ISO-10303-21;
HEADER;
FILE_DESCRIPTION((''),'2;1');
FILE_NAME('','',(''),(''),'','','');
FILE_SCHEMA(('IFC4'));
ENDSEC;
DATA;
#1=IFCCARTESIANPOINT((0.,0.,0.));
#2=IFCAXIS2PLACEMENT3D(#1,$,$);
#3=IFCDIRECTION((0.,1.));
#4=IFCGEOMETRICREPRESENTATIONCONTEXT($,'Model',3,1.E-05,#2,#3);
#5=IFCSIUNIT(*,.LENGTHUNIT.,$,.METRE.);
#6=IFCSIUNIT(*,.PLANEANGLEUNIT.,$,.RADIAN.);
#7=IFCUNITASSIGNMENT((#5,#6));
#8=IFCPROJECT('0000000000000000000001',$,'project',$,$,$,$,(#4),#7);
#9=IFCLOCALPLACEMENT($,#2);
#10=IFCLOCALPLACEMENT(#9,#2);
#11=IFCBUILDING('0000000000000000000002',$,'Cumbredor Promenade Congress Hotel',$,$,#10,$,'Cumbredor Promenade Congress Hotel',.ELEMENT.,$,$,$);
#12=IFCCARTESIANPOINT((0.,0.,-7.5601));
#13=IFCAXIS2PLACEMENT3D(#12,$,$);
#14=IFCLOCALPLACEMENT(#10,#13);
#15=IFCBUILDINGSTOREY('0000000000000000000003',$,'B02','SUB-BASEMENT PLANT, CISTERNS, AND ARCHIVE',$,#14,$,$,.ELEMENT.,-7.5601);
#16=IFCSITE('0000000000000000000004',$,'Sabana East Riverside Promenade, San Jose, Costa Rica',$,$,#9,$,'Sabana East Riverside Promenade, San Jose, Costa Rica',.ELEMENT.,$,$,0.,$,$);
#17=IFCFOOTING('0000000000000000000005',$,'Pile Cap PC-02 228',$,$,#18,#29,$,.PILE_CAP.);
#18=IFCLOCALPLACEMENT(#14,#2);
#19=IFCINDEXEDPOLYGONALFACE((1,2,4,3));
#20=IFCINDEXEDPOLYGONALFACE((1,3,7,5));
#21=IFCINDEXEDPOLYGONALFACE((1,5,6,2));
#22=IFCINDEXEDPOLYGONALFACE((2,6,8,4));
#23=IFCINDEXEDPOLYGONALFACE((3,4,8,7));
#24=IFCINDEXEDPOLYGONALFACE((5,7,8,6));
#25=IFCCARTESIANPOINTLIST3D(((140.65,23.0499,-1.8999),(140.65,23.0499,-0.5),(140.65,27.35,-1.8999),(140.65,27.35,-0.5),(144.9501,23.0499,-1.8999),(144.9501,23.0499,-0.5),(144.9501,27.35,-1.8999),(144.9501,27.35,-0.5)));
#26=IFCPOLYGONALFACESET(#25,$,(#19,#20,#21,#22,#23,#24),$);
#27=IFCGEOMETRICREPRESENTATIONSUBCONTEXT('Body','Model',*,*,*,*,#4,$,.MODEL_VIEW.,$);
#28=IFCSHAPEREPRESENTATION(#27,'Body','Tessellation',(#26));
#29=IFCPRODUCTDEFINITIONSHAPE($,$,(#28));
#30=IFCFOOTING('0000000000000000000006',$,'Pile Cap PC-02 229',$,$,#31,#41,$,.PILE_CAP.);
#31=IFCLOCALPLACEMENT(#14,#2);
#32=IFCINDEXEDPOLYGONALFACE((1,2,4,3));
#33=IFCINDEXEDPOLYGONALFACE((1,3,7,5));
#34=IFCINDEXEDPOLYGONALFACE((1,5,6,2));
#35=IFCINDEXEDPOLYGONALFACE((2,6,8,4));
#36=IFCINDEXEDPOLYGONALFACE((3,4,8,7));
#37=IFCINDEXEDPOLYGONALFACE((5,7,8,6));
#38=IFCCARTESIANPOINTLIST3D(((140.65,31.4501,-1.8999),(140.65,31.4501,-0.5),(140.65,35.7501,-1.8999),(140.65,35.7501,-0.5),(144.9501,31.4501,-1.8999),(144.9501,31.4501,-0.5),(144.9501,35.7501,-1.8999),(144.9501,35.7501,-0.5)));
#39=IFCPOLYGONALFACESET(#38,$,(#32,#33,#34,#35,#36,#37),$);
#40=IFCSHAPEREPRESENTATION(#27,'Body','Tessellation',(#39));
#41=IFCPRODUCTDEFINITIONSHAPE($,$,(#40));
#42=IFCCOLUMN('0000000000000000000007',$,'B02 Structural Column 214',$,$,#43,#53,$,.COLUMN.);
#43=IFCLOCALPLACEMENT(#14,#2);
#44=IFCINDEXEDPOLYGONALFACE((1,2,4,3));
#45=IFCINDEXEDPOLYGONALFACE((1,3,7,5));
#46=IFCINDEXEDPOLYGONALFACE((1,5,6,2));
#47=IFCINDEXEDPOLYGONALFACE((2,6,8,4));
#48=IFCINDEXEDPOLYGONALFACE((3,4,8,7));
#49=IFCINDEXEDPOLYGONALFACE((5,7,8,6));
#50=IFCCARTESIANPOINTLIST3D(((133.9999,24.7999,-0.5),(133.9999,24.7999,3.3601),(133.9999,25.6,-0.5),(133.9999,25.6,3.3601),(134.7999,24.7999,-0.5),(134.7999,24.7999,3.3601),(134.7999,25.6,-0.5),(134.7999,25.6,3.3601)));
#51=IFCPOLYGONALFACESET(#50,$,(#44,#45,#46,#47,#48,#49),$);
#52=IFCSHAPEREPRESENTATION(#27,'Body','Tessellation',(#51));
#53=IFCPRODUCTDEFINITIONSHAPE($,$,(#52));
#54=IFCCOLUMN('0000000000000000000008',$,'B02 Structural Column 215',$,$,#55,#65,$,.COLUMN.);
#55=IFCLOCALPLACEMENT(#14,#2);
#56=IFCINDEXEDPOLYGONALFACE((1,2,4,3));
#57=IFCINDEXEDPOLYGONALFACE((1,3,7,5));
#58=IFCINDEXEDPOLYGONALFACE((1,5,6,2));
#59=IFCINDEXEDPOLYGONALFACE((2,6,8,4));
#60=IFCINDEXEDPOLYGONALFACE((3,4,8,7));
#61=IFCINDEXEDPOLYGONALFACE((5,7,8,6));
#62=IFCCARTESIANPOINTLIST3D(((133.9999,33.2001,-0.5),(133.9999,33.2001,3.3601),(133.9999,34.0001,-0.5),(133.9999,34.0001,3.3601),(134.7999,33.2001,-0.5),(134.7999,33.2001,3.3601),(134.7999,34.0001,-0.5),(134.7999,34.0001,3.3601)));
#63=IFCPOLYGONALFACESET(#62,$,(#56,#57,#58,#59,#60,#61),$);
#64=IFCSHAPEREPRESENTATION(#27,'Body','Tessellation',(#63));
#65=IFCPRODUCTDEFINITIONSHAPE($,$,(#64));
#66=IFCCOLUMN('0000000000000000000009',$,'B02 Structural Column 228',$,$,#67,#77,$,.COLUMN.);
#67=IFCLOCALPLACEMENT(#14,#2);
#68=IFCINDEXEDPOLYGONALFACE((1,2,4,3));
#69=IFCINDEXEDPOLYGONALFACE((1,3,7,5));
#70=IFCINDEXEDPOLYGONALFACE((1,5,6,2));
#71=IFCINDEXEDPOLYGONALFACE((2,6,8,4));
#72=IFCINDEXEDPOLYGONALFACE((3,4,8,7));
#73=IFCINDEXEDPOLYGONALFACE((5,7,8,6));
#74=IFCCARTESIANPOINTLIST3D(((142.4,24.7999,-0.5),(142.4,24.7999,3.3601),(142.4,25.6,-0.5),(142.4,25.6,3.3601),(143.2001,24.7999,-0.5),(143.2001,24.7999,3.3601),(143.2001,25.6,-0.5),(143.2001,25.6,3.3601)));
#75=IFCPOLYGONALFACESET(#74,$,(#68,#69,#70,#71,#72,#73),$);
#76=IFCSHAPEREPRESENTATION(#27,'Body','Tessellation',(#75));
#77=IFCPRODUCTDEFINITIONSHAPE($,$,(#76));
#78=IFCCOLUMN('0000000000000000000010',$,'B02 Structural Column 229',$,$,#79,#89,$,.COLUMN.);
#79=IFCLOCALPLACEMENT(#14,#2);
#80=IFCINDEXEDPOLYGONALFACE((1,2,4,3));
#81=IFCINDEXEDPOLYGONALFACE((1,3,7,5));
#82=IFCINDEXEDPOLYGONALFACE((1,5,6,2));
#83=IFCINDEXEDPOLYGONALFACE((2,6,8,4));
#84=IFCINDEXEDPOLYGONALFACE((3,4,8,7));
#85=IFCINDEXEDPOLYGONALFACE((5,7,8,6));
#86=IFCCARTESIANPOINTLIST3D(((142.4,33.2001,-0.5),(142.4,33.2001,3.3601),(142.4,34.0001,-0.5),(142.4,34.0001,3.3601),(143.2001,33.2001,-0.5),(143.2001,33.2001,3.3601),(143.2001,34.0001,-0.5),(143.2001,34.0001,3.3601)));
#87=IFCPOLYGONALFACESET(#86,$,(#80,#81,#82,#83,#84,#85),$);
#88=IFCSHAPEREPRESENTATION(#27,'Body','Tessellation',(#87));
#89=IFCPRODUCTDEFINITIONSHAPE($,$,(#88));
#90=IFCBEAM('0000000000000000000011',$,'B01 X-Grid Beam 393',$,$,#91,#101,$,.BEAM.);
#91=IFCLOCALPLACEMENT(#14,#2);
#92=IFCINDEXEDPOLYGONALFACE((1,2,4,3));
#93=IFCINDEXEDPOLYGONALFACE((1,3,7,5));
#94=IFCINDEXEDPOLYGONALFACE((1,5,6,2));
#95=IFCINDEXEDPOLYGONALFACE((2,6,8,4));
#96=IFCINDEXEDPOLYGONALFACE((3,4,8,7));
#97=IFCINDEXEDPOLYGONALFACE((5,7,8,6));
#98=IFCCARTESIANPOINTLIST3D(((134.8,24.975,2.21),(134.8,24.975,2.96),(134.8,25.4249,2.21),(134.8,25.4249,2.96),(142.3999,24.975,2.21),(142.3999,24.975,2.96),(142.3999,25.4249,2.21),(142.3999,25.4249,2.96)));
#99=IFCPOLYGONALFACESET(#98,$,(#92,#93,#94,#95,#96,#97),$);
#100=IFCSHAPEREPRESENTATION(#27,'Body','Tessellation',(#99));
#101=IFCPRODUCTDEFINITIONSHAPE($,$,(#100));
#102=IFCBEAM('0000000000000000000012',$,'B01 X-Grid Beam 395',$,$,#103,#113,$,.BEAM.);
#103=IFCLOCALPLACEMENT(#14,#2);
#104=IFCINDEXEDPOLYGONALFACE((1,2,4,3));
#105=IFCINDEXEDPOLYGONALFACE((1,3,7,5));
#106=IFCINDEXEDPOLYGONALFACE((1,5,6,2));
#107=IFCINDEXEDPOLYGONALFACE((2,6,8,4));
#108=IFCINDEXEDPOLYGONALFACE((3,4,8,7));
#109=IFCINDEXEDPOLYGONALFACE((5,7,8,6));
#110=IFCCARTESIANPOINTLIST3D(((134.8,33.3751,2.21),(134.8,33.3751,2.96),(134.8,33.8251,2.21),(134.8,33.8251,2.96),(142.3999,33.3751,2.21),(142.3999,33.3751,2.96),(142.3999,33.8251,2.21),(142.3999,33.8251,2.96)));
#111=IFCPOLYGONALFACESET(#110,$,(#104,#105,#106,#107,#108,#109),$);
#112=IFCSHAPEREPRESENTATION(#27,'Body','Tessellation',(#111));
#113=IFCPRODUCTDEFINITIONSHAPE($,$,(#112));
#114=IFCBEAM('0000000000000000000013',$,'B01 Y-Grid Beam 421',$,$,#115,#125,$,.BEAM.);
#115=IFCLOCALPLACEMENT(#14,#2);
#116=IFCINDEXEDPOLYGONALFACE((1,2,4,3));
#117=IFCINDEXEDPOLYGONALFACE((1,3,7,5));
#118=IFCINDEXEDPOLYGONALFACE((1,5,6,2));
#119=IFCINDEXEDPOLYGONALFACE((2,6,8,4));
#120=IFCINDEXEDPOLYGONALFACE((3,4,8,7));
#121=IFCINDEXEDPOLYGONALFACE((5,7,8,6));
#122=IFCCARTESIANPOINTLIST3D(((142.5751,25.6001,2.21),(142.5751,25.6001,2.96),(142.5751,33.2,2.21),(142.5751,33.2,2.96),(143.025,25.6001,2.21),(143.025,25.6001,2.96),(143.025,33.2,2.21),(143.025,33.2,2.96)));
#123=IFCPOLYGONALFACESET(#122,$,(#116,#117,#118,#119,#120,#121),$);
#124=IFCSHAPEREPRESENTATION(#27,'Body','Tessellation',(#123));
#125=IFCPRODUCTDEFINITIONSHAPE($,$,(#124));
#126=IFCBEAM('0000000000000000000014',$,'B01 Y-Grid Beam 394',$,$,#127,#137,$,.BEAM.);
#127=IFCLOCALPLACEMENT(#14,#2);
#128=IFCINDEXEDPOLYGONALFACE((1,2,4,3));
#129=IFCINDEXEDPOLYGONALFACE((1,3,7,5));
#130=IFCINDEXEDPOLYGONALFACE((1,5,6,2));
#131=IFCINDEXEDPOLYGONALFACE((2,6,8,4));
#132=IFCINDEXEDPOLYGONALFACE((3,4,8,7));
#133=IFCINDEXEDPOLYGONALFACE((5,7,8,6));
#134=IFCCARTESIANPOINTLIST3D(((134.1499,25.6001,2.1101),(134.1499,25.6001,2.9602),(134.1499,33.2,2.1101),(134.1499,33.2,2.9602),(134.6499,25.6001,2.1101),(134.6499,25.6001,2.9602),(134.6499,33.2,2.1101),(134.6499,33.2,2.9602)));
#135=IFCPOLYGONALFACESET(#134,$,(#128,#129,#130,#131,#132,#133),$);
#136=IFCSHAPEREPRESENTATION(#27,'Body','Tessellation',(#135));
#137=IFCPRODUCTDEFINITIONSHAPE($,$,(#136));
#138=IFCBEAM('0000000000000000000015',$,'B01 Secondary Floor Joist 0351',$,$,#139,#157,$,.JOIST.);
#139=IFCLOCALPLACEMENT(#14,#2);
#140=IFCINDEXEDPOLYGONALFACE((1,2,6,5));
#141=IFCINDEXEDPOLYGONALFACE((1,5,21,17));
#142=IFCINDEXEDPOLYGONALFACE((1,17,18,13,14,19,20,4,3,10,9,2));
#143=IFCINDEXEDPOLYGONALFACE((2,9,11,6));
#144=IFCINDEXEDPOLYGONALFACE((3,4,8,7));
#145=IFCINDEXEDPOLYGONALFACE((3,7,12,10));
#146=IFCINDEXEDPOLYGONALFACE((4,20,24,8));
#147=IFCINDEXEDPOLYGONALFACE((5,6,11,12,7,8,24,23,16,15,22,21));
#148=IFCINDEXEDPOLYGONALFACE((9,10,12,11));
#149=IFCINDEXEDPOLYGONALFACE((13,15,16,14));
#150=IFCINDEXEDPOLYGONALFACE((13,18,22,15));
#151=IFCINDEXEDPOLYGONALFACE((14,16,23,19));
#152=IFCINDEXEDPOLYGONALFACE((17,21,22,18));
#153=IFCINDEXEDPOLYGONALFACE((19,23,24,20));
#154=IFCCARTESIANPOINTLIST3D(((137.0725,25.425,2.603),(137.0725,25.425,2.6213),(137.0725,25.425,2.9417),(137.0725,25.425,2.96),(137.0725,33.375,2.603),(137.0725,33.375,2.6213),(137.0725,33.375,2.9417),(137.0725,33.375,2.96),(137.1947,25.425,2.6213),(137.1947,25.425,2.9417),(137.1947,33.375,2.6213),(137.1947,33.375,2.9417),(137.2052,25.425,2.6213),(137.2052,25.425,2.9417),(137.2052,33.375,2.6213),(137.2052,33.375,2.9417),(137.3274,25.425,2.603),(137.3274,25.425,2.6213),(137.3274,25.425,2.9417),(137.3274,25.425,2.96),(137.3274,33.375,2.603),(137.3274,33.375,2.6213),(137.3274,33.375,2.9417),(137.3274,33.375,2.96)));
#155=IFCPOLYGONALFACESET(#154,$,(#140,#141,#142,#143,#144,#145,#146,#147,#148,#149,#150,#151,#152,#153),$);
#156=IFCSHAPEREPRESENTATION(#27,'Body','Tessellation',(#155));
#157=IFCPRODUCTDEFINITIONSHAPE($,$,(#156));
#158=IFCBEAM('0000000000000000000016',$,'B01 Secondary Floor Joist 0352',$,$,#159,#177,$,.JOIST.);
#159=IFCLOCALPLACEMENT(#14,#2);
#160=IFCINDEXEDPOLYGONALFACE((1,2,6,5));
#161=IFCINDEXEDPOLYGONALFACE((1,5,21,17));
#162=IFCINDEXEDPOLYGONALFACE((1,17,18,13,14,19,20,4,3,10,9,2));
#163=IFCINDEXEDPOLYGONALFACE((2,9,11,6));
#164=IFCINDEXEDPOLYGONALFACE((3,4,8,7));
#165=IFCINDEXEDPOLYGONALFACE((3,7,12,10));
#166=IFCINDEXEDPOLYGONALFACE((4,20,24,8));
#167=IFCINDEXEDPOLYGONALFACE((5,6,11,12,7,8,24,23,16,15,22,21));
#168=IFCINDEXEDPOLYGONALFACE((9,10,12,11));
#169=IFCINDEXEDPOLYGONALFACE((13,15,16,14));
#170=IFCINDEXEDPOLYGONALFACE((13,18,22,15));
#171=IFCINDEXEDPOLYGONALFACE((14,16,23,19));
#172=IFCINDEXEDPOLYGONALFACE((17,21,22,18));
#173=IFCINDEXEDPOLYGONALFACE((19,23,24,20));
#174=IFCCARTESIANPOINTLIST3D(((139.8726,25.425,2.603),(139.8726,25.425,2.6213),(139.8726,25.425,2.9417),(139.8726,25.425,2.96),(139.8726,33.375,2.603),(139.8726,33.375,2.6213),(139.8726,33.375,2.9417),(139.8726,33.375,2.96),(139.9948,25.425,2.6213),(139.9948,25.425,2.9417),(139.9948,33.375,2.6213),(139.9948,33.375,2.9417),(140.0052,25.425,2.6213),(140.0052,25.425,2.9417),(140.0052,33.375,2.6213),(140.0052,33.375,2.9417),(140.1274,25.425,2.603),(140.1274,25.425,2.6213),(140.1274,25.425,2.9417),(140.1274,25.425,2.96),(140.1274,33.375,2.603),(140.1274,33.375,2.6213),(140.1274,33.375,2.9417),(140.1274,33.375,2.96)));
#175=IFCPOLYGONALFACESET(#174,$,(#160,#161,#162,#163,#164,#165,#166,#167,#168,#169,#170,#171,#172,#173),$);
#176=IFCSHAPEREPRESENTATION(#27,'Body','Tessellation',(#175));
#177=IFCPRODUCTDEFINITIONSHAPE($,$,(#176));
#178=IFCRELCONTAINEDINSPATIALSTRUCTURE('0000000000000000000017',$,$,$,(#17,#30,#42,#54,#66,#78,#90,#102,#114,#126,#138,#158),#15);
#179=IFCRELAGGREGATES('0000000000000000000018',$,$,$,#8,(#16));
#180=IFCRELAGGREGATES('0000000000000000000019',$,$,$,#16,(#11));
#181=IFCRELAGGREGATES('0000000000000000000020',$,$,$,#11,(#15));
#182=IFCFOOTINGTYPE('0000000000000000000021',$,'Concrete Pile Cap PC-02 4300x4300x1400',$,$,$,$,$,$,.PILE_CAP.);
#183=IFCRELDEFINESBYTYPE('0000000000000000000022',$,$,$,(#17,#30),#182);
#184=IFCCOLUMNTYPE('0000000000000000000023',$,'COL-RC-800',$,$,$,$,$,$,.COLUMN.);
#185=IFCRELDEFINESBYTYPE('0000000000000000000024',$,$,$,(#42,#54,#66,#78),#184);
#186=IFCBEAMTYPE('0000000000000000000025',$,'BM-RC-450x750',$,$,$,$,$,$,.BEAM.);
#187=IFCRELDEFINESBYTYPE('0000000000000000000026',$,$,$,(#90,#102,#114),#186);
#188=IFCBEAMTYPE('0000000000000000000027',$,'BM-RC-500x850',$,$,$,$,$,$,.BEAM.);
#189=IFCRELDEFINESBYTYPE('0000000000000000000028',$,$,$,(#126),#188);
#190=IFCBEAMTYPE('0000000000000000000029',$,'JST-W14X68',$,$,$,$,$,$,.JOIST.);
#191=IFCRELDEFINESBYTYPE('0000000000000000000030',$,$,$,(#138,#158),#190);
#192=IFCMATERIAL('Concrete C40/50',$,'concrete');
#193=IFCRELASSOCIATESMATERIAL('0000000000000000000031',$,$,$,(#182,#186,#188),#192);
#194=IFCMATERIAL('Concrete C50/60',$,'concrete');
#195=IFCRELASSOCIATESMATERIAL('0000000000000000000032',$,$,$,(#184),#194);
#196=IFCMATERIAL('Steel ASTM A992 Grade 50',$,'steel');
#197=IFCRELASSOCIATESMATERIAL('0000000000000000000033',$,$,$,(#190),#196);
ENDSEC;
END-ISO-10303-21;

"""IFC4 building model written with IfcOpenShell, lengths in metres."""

from ifc_helpers import new_model, si_unit, direction, frame, origin, origin_2d, place, context, subcontext, project, spatial, rectangle, i_section, extrude, material, material_profile, profile_set, type_object, element, save


model = new_model("IFC4")

# Units and contexts
model_context = context("Model", 3, precision=1e-05, world=origin(), true_north=direction((0.0, 1.0)))
body_context = subcontext(model_context, "Body", "Model", "MODEL_VIEW")
ifc_project = project(units=[si_unit("LENGTHUNIT", "METRE"), si_unit("PLANEANGLEUNIT", "RADIAN")], contexts=[model_context])

# Site, building, storey
site_placement = place(None, origin())
site = spatial("IfcSite", under=ifc_project, at=site_placement, Name="Sabana East Riverside Promenade, San Jose, Costa Rica", LongName="Sabana East Riverside Promenade, San Jose, Costa Rica", CompositionType="ELEMENT", RefElevation=0.0)
building_placement = place(site_placement, origin())
building = spatial("IfcBuilding", under=site, at=building_placement, Name="Cumbredor Promenade Congress Hotel", LongName="Cumbredor Promenade Congress Hotel", CompositionType="ELEMENT")
storey_placement = place(building_placement, frame((0.0, 0.0, -7.5601)))
storey = spatial("IfcBuildingStorey", under=building, at=storey_placement, Name="B02", Description="SUB-BASEMENT PLANT, CISTERNS, AND ARCHIVE", CompositionType="ELEMENT", Elevation=-7.5601)

# Shared definitions
ifc_material_1 = material(Name="Concrete C40/50", Category="concrete")

# Footings
footing_type_1 = type_object("IfcFootingType", Name="Concrete Pile Cap PC-02 4300x4300x1400", PredefinedType="PILE_CAP", material=ifc_material_1)
for number, where, z_axis, x_axis, name in (
    (1, (142.8, 25.2, -1.8999), (0.0, 0.0, 1.0), (1.0, 0.0, 0.0), "Pile Cap PC-02 228"),
    (2, (142.8, 33.6001, -1.8999), (0.0, 0.0, 1.0), (1.0, 0.0, 0.0), "Pile Cap PC-02 229"),
):
    element("IfcFooting", number, at=place(storey_placement, frame(where, z_axis=z_axis, x_axis=x_axis)), inside=storey, type_object=footing_type_1, Name=name, PredefinedType="PILE_CAP", context=body_context, shape_type="SweptSolid", body=[
        extrude(rectangle(XDim=4.3, YDim=4.3, at=origin_2d()), origin(), (0.0, 0.0, 1.0), 1.3999),
    ])

# Columns
ifc_material_2 = material(Name="Concrete C50/60", Category="concrete")
ifc_material_profile_1 = material_profile(ifc_material_2, rectangle(XDim=0.8, YDim=0.8, at=origin_2d()), Name="RC 800x800")
ifc_profile_set_1 = profile_set([ifc_material_profile_1], Name="Concrete C50/60")
column_type = type_object("IfcColumnType", Name="COL-RC-800", PredefinedType="COLUMN", material=ifc_profile_set_1)
for number, where, z_axis, x_axis, name in (
    (3, (134.3999, 25.2, -0.5), (0.0, 0.0, 1.0), (1.0, 0.0, 0.0), "B02 Structural Column 214"),
    (4, (134.3999, 33.6001, -0.5), (0.0, 0.0, 1.0), (1.0, 0.0, 0.0), "B02 Structural Column 215"),
    (5, (142.8, 25.2, -0.5), (0.0, 0.0, 1.0), (1.0, 0.0, 0.0), "B02 Structural Column 228"),
    (6, (142.8, 33.6001, -0.5), (0.0, 0.0, 1.0), (1.0, 0.0, 0.0), "B02 Structural Column 229"),
):
    element("IfcColumn", number, at=place(storey_placement, frame(where, z_axis=z_axis, x_axis=x_axis)), inside=storey, type_object=column_type, Name=name, PredefinedType="COLUMN", context=body_context, shape_type="SweptSolid", body=[
        extrude(rectangle(XDim=0.8, YDim=0.8, at=origin_2d()), origin(), (0.0, 0.0, 1.0), 3.8601),
    ])

# Beams
ifc_material_profile_2 = material_profile(ifc_material_1, rectangle(XDim=0.45, YDim=0.75, at=origin_2d()), Name="RC BEAM 450x750")
ifc_profile_set_2 = profile_set([ifc_material_profile_2], Name="Concrete C40/50")
beam_type_1 = type_object("IfcBeamType", Name="BM-RC-450x750", PredefinedType="BEAM", material=ifc_profile_set_2)
for number, where, z_axis, x_axis, name in (
    (7, (134.8, 25.2, 2.585), (1.0, 0.0, 0.0), (0.0, 1.0, 0.0), "B01 X-Grid Beam 393"),
    (8, (134.8, 33.6001, 2.585), (1.0, 0.0, 0.0), (0.0, 1.0, 0.0), "B01 X-Grid Beam 395"),
    (9, (142.8, 25.6001, 2.585), (0.0, 1.0, 0.0), (-1.0, 0.0, 0.0), "B01 Y-Grid Beam 421"),
):
    element("IfcBeam", number, at=place(storey_placement, frame(where, z_axis=z_axis, x_axis=x_axis)), inside=storey, type_object=beam_type_1, Name=name, PredefinedType="BEAM", context=body_context, shape_type="SweptSolid", body=[
        extrude(rectangle(XDim=0.45, YDim=0.75, at=origin_2d()), origin(), (0.0, 0.0, 1.0), 7.5999),
    ])
ifc_material_profile_3 = material_profile(ifc_material_1, rectangle(XDim=0.5, YDim=0.8501, at=origin_2d()), Name="RC BEAM 500x850")
ifc_profile_set_3 = profile_set([ifc_material_profile_3], Name="Concrete C40/50")
beam_type_2 = type_object("IfcBeamType", Name="BM-RC-500x850", PredefinedType="BEAM", material=ifc_profile_set_3)
beam_placement = place(storey_placement, frame((134.3999, 25.6001, 2.5352), z_axis=(0.0, 1.0, 0.0), x_axis=(-1.0, 0.0, 0.0)))
element("IfcBeam", 10, at=beam_placement, inside=storey, type_object=beam_type_2, Name="B01 Y-Grid Beam 394", PredefinedType="BEAM", context=body_context, shape_type="SweptSolid", body=[
    extrude(rectangle(XDim=0.5, YDim=0.8501, at=origin_2d()), origin(), (0.0, 0.0, 1.0), 7.5999),
])
ifc_material_3 = material(Name="Steel ASTM A992 Grade 50", Category="steel")
ifc_material_profile_4 = material_profile(ifc_material_3, i_section(OverallWidth=0.2549, OverallDepth=0.3569, WebThickness=0.0105, FlangeThickness=0.0183, at=origin_2d()), Name="W14X68")
ifc_profile_set_4 = profile_set([ifc_material_profile_4], Name="Steel ASTM A992 Grade 50")
beam_type_3 = type_object("IfcBeamType", Name="JST-W14X68", PredefinedType="JOIST", material=ifc_profile_set_4)
for number, where, z_axis, x_axis, name in (
    (11, (137.2, 25.425, 2.7815), (0.0, 1.0, 0.0), (-1.0, 0.0, 0.0), "B01 Secondary Floor Joist 0351"),
    (12, (140.0, 25.425, 2.7815), (0.0, 1.0, 0.0), (-1.0, 0.0, 0.0), "B01 Secondary Floor Joist 0352"),
):
    element("IfcBeam", number, at=place(storey_placement, frame(where, z_axis=z_axis, x_axis=x_axis)), inside=storey, type_object=beam_type_3, Name=name, PredefinedType="JOIST", context=body_context, shape_type="SweptSolid", body=[
        extrude(i_section(OverallWidth=0.2549, OverallDepth=0.3569, WebThickness=0.0105, FlangeThickness=0.0183, at=origin_2d()), origin(), (0.0, 0.0, 1.0), 7.95),
    ])

save(model, "model.ifc")
